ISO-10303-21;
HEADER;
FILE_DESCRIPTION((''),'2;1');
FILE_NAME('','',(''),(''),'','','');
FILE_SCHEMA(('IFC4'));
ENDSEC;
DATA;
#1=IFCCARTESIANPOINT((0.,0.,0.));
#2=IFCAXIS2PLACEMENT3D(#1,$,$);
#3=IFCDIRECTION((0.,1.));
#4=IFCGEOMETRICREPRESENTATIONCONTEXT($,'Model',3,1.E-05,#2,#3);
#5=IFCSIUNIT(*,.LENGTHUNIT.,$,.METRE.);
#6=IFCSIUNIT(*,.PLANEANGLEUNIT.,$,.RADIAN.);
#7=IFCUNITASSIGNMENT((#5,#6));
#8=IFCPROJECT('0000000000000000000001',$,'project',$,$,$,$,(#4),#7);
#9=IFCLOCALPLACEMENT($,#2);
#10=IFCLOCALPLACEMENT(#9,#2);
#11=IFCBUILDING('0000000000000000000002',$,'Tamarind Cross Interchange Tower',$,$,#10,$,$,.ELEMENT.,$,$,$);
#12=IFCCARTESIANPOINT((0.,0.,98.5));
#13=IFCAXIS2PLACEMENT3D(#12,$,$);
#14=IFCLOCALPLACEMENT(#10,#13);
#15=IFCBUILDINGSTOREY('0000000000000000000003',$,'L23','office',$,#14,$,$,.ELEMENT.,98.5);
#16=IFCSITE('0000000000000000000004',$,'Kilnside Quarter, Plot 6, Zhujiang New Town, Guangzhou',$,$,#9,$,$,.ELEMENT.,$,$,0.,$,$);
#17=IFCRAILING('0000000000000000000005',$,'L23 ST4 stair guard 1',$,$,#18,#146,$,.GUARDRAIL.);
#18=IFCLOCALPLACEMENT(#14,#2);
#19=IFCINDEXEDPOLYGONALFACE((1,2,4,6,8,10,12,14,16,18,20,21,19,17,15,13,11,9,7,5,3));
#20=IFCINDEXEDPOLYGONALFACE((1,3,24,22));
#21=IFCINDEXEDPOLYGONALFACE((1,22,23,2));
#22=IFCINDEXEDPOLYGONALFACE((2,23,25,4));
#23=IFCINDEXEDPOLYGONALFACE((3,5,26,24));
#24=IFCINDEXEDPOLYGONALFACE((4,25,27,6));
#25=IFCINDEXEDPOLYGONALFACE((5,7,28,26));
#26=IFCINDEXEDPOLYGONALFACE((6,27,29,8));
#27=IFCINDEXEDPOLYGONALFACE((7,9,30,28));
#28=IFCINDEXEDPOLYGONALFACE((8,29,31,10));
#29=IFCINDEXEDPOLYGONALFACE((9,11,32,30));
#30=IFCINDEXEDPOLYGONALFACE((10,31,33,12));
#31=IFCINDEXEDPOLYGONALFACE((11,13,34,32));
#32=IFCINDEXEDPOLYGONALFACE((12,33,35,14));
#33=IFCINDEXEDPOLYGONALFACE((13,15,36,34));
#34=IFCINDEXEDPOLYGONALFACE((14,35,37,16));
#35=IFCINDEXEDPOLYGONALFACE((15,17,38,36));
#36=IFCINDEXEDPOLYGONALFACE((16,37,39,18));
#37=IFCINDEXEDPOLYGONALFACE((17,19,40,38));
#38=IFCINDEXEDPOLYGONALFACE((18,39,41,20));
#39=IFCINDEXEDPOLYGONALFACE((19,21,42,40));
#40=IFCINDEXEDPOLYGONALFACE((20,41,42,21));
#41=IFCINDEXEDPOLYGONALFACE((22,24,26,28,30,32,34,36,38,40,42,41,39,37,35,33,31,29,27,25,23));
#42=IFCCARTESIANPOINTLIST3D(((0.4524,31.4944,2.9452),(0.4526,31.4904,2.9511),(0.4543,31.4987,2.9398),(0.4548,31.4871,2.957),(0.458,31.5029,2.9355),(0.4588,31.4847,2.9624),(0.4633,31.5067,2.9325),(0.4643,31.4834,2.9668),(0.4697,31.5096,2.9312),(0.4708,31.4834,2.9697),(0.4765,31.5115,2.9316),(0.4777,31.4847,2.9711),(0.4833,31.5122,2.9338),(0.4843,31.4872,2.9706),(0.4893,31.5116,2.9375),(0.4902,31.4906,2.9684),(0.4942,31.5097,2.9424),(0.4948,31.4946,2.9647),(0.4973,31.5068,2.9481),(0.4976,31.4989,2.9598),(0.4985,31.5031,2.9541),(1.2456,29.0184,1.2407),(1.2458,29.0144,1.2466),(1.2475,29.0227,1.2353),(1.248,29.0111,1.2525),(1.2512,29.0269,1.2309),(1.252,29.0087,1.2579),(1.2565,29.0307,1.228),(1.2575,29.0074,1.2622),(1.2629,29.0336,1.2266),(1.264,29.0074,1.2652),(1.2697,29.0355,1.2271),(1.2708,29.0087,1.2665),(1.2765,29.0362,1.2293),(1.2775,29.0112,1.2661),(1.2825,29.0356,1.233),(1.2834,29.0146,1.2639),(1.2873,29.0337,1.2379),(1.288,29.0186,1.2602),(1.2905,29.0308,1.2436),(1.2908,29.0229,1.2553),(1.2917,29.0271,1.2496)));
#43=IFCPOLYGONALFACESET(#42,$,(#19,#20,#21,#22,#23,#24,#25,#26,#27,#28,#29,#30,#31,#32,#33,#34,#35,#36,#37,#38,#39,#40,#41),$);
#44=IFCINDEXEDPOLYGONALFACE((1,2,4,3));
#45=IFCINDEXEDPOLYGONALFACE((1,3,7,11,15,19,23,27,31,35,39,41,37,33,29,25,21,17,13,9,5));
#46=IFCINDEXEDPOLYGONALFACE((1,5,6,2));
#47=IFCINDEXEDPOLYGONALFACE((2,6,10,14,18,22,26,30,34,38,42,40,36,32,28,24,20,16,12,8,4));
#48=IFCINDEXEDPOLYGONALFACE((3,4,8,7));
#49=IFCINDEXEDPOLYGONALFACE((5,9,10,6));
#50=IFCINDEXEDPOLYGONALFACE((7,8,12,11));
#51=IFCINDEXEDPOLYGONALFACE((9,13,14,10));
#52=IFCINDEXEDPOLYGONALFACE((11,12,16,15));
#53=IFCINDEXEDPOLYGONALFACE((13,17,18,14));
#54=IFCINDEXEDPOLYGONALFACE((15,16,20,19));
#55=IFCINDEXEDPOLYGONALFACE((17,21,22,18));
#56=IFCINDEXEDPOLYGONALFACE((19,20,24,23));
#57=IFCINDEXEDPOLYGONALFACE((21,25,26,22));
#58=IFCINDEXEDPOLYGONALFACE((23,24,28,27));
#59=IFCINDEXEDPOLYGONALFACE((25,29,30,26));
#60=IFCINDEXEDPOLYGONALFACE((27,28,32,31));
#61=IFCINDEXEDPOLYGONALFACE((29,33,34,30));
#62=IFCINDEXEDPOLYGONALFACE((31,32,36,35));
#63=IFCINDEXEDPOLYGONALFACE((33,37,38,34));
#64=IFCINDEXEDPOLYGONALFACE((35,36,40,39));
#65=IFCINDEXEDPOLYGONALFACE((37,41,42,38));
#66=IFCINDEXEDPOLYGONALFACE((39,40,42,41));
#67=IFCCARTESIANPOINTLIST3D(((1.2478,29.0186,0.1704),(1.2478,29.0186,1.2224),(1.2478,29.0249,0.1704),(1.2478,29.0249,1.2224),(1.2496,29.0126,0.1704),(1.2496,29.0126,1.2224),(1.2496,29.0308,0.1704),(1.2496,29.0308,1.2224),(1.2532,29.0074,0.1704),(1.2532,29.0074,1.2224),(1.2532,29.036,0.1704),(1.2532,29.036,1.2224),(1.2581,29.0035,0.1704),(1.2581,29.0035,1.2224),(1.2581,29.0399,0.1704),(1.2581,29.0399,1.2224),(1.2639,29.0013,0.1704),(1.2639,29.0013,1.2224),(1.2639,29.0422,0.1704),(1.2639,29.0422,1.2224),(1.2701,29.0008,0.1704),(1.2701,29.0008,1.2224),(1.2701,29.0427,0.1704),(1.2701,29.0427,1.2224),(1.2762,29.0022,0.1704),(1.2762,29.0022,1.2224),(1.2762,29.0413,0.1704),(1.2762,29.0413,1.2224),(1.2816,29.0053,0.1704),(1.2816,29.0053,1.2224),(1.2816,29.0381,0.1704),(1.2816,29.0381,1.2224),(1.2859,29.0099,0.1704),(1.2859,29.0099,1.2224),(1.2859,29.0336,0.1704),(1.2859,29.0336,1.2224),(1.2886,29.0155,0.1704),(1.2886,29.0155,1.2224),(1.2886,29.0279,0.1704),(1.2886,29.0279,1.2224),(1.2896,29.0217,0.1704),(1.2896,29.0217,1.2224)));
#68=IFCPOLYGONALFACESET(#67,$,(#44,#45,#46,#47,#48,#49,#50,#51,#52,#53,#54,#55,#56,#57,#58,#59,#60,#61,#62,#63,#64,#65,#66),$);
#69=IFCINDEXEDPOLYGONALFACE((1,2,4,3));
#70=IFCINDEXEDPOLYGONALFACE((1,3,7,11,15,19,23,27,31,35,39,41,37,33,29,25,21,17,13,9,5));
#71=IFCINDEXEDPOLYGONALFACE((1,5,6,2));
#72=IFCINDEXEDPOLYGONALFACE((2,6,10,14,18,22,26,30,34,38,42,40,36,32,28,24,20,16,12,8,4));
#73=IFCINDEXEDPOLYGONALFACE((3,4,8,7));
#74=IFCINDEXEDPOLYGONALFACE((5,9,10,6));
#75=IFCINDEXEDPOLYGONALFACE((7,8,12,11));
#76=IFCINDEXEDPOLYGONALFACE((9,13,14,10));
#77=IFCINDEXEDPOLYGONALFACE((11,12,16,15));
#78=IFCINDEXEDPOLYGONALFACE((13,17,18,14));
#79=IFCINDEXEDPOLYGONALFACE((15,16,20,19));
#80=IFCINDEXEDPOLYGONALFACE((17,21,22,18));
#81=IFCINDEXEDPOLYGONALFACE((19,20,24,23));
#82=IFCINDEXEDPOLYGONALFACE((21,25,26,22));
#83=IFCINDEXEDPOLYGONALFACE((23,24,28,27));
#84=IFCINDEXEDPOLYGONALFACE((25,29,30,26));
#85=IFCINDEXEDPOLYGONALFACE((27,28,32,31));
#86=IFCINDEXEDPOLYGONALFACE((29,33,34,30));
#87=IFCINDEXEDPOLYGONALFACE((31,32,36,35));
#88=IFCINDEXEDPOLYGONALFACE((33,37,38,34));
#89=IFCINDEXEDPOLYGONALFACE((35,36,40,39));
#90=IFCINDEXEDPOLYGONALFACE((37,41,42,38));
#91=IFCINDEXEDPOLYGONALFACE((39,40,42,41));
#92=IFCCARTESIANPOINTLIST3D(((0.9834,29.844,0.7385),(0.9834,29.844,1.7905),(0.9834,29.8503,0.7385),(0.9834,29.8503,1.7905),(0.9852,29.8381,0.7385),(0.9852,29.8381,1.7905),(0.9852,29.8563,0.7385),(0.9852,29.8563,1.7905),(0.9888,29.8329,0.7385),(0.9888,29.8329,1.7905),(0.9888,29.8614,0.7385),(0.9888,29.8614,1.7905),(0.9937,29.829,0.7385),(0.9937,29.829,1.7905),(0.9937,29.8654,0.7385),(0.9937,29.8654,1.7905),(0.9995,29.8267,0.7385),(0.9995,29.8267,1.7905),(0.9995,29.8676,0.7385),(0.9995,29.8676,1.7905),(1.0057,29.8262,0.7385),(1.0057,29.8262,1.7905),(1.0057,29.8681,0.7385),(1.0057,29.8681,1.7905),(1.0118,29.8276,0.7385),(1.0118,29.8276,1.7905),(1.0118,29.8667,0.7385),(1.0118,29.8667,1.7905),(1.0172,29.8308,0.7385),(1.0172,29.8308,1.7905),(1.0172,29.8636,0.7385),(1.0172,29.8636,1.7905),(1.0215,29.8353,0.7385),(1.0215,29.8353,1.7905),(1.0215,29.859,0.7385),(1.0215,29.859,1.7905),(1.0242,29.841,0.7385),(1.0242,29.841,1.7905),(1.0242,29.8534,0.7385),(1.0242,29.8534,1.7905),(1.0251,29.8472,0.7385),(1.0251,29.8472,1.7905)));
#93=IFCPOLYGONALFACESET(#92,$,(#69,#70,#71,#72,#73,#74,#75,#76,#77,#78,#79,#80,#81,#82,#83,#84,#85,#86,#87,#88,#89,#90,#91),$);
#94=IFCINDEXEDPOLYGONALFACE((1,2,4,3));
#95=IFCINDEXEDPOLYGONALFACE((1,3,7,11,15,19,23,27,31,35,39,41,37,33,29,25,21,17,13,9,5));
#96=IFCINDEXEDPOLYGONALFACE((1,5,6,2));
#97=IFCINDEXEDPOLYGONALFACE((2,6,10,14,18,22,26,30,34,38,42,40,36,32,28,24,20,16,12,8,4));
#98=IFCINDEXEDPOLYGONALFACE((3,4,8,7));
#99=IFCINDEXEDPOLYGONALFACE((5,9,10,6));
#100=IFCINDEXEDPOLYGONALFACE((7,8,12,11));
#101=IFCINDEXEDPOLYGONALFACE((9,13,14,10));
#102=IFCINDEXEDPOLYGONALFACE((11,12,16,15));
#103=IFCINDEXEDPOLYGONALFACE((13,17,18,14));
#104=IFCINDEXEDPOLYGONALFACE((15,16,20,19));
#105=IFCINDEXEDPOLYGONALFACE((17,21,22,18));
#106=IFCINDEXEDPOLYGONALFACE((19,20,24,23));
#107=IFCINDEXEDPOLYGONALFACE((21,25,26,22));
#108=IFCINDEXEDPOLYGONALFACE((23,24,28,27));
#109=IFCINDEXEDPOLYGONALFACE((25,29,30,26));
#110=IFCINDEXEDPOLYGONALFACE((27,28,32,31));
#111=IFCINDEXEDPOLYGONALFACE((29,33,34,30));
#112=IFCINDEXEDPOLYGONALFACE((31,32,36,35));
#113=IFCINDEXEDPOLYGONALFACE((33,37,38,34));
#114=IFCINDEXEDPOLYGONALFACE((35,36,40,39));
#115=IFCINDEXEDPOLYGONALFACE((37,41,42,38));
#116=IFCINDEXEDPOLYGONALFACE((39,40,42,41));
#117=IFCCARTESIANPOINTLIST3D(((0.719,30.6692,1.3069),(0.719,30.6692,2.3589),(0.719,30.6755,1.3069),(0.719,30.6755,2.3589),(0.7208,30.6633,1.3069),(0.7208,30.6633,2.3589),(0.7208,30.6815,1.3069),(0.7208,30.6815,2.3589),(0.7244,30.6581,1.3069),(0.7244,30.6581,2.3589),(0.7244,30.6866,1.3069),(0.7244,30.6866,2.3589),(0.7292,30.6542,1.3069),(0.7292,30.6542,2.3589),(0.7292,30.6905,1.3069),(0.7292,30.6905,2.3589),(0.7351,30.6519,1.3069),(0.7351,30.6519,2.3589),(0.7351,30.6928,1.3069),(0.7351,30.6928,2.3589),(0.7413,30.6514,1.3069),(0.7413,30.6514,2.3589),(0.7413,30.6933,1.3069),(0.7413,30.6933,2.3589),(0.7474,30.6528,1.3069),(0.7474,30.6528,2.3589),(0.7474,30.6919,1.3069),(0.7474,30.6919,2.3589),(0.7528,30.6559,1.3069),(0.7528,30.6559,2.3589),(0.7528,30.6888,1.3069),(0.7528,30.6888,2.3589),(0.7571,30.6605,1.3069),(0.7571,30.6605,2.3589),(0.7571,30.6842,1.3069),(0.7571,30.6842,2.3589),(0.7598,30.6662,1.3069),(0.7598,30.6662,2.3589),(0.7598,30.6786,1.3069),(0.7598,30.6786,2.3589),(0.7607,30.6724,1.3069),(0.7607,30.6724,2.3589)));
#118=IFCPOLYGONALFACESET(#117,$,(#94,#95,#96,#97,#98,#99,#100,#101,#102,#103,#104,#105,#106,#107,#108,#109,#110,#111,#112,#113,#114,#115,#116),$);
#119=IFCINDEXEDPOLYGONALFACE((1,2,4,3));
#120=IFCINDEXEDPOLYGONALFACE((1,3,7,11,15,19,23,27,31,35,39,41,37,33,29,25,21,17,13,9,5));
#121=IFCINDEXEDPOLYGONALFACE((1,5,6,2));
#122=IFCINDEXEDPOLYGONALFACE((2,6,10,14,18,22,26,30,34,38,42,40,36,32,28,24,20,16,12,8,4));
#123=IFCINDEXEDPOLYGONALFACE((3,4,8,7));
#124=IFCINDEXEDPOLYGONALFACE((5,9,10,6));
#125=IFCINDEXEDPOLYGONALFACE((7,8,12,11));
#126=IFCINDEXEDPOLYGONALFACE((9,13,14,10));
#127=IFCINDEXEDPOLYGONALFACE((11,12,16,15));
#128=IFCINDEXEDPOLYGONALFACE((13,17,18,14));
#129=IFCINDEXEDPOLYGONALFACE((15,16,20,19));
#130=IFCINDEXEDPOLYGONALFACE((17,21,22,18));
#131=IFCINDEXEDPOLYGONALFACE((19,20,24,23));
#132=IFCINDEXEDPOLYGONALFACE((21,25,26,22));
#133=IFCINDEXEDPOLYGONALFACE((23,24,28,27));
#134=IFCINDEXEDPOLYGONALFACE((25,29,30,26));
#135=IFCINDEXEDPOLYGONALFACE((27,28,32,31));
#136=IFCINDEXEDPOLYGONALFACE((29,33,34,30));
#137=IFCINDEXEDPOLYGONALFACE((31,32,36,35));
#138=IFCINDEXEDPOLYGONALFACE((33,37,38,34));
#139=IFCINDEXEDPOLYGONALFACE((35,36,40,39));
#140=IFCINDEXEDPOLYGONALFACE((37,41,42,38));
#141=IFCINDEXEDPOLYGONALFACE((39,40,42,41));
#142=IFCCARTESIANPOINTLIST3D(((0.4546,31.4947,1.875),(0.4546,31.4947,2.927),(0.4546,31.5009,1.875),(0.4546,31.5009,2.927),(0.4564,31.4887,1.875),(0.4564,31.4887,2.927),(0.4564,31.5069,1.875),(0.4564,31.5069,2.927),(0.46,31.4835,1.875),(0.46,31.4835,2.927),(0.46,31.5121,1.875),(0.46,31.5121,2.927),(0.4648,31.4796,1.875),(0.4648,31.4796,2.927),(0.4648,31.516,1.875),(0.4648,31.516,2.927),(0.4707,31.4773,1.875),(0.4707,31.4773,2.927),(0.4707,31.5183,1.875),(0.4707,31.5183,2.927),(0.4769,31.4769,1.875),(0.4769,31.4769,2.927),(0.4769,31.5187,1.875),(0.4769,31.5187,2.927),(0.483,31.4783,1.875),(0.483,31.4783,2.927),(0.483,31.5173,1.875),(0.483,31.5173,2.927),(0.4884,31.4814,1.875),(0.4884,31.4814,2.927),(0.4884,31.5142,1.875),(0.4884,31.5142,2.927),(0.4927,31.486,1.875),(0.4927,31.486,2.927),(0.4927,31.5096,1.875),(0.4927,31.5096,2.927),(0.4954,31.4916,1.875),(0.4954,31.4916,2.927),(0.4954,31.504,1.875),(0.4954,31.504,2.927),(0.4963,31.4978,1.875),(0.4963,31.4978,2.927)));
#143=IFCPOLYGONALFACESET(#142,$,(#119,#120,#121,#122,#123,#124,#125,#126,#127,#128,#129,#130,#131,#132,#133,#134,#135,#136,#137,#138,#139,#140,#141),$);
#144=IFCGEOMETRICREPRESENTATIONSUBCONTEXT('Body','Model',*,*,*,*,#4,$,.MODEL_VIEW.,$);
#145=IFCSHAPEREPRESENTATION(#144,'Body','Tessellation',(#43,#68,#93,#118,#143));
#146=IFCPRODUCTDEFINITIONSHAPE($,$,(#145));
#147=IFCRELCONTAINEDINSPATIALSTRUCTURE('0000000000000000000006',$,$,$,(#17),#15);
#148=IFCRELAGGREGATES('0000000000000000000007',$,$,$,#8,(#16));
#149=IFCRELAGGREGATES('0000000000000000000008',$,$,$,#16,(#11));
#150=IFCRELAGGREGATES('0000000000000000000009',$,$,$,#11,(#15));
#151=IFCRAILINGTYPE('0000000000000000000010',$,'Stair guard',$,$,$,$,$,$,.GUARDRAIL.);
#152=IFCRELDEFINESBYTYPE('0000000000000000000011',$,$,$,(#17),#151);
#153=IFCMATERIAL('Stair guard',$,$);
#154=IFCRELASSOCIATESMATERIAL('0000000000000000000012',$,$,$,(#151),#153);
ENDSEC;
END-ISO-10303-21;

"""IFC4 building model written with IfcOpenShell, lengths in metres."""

from ifc_helpers import new_model, si_unit, direction, frame, origin, origin_2d, place, context, subcontext, project, spatial, circle, extrude, material, type_object, element, save


model = new_model("IFC4")

# Units and contexts
model_context = context("Model", 3, precision=1e-05, world=origin(), true_north=direction((0.0, 1.0)))
body_context = subcontext(model_context, "Body", "Model", "MODEL_VIEW")
ifc_project = project(units=[si_unit("LENGTHUNIT", "METRE"), si_unit("PLANEANGLEUNIT", "RADIAN")], contexts=[model_context])

# Site, building, storey
site_placement = place(None, origin())
site = spatial("IfcSite", under=ifc_project, at=site_placement, Name="Kilnside Quarter, Plot 6, Zhujiang New Town, Guangzhou", CompositionType="ELEMENT", RefElevation=0.0)
building_placement = place(site_placement, origin())
building = spatial("IfcBuilding", under=site, at=building_placement, Name="Tamarind Cross Interchange Tower", CompositionType="ELEMENT")
storey_placement = place(building_placement, frame((0.0, 0.0, 98.5)))
storey = spatial("IfcBuildingStorey", under=building, at=storey_placement, Name="L23", Description="office", CompositionType="ELEMENT", Elevation=98.5)

# Railing
ifc_material_1 = material(Name="Stair guard")
railing_type_1 = type_object("IfcRailingType", Name="Stair guard", PredefinedType="GUARDRAIL", material=ifc_material_1)
railing_1_placement = place(storey_placement, frame((1.2686, 29.0217, 0.1704)))
element("IfcRailing", 1, at=railing_1_placement, inside=storey, type_object=railing_type_1, Name="L23 ST4 stair guard 1", PredefinedType="GUARDRAIL", context=body_context, shape_type="SweptSolid", body=[
    extrude(circle(Radius=0.0239, at=origin_2d()), frame((0.0, 0.0, 1.0762), z_axis=(-0.255136, 0.796427, 0.548279), x_axis=(-0.952327, -0.305079, 0.0)), (0.0, 0.0, 1.0), 3.1089),
    extrude(circle(Radius=0.021, at=origin_2d()), origin(), (0.0, 0.0, 1.0), 1.052),
    extrude(circle(Radius=0.021, at=origin_2d()), frame((-0.2644, 0.8254, 0.5681)), (0.0, 0.0, 1.0), 1.052),
    extrude(circle(Radius=0.021, at=origin_2d()), frame((-0.5288, 1.6506, 1.1365)), (0.0, 0.0, 1.0), 1.052),
    extrude(circle(Radius=0.021, at=origin_2d()), frame((-0.7932, 2.4761, 1.7046)), (0.0, 0.0, 1.0), 1.052),
])

save(model, "model.ifc")
